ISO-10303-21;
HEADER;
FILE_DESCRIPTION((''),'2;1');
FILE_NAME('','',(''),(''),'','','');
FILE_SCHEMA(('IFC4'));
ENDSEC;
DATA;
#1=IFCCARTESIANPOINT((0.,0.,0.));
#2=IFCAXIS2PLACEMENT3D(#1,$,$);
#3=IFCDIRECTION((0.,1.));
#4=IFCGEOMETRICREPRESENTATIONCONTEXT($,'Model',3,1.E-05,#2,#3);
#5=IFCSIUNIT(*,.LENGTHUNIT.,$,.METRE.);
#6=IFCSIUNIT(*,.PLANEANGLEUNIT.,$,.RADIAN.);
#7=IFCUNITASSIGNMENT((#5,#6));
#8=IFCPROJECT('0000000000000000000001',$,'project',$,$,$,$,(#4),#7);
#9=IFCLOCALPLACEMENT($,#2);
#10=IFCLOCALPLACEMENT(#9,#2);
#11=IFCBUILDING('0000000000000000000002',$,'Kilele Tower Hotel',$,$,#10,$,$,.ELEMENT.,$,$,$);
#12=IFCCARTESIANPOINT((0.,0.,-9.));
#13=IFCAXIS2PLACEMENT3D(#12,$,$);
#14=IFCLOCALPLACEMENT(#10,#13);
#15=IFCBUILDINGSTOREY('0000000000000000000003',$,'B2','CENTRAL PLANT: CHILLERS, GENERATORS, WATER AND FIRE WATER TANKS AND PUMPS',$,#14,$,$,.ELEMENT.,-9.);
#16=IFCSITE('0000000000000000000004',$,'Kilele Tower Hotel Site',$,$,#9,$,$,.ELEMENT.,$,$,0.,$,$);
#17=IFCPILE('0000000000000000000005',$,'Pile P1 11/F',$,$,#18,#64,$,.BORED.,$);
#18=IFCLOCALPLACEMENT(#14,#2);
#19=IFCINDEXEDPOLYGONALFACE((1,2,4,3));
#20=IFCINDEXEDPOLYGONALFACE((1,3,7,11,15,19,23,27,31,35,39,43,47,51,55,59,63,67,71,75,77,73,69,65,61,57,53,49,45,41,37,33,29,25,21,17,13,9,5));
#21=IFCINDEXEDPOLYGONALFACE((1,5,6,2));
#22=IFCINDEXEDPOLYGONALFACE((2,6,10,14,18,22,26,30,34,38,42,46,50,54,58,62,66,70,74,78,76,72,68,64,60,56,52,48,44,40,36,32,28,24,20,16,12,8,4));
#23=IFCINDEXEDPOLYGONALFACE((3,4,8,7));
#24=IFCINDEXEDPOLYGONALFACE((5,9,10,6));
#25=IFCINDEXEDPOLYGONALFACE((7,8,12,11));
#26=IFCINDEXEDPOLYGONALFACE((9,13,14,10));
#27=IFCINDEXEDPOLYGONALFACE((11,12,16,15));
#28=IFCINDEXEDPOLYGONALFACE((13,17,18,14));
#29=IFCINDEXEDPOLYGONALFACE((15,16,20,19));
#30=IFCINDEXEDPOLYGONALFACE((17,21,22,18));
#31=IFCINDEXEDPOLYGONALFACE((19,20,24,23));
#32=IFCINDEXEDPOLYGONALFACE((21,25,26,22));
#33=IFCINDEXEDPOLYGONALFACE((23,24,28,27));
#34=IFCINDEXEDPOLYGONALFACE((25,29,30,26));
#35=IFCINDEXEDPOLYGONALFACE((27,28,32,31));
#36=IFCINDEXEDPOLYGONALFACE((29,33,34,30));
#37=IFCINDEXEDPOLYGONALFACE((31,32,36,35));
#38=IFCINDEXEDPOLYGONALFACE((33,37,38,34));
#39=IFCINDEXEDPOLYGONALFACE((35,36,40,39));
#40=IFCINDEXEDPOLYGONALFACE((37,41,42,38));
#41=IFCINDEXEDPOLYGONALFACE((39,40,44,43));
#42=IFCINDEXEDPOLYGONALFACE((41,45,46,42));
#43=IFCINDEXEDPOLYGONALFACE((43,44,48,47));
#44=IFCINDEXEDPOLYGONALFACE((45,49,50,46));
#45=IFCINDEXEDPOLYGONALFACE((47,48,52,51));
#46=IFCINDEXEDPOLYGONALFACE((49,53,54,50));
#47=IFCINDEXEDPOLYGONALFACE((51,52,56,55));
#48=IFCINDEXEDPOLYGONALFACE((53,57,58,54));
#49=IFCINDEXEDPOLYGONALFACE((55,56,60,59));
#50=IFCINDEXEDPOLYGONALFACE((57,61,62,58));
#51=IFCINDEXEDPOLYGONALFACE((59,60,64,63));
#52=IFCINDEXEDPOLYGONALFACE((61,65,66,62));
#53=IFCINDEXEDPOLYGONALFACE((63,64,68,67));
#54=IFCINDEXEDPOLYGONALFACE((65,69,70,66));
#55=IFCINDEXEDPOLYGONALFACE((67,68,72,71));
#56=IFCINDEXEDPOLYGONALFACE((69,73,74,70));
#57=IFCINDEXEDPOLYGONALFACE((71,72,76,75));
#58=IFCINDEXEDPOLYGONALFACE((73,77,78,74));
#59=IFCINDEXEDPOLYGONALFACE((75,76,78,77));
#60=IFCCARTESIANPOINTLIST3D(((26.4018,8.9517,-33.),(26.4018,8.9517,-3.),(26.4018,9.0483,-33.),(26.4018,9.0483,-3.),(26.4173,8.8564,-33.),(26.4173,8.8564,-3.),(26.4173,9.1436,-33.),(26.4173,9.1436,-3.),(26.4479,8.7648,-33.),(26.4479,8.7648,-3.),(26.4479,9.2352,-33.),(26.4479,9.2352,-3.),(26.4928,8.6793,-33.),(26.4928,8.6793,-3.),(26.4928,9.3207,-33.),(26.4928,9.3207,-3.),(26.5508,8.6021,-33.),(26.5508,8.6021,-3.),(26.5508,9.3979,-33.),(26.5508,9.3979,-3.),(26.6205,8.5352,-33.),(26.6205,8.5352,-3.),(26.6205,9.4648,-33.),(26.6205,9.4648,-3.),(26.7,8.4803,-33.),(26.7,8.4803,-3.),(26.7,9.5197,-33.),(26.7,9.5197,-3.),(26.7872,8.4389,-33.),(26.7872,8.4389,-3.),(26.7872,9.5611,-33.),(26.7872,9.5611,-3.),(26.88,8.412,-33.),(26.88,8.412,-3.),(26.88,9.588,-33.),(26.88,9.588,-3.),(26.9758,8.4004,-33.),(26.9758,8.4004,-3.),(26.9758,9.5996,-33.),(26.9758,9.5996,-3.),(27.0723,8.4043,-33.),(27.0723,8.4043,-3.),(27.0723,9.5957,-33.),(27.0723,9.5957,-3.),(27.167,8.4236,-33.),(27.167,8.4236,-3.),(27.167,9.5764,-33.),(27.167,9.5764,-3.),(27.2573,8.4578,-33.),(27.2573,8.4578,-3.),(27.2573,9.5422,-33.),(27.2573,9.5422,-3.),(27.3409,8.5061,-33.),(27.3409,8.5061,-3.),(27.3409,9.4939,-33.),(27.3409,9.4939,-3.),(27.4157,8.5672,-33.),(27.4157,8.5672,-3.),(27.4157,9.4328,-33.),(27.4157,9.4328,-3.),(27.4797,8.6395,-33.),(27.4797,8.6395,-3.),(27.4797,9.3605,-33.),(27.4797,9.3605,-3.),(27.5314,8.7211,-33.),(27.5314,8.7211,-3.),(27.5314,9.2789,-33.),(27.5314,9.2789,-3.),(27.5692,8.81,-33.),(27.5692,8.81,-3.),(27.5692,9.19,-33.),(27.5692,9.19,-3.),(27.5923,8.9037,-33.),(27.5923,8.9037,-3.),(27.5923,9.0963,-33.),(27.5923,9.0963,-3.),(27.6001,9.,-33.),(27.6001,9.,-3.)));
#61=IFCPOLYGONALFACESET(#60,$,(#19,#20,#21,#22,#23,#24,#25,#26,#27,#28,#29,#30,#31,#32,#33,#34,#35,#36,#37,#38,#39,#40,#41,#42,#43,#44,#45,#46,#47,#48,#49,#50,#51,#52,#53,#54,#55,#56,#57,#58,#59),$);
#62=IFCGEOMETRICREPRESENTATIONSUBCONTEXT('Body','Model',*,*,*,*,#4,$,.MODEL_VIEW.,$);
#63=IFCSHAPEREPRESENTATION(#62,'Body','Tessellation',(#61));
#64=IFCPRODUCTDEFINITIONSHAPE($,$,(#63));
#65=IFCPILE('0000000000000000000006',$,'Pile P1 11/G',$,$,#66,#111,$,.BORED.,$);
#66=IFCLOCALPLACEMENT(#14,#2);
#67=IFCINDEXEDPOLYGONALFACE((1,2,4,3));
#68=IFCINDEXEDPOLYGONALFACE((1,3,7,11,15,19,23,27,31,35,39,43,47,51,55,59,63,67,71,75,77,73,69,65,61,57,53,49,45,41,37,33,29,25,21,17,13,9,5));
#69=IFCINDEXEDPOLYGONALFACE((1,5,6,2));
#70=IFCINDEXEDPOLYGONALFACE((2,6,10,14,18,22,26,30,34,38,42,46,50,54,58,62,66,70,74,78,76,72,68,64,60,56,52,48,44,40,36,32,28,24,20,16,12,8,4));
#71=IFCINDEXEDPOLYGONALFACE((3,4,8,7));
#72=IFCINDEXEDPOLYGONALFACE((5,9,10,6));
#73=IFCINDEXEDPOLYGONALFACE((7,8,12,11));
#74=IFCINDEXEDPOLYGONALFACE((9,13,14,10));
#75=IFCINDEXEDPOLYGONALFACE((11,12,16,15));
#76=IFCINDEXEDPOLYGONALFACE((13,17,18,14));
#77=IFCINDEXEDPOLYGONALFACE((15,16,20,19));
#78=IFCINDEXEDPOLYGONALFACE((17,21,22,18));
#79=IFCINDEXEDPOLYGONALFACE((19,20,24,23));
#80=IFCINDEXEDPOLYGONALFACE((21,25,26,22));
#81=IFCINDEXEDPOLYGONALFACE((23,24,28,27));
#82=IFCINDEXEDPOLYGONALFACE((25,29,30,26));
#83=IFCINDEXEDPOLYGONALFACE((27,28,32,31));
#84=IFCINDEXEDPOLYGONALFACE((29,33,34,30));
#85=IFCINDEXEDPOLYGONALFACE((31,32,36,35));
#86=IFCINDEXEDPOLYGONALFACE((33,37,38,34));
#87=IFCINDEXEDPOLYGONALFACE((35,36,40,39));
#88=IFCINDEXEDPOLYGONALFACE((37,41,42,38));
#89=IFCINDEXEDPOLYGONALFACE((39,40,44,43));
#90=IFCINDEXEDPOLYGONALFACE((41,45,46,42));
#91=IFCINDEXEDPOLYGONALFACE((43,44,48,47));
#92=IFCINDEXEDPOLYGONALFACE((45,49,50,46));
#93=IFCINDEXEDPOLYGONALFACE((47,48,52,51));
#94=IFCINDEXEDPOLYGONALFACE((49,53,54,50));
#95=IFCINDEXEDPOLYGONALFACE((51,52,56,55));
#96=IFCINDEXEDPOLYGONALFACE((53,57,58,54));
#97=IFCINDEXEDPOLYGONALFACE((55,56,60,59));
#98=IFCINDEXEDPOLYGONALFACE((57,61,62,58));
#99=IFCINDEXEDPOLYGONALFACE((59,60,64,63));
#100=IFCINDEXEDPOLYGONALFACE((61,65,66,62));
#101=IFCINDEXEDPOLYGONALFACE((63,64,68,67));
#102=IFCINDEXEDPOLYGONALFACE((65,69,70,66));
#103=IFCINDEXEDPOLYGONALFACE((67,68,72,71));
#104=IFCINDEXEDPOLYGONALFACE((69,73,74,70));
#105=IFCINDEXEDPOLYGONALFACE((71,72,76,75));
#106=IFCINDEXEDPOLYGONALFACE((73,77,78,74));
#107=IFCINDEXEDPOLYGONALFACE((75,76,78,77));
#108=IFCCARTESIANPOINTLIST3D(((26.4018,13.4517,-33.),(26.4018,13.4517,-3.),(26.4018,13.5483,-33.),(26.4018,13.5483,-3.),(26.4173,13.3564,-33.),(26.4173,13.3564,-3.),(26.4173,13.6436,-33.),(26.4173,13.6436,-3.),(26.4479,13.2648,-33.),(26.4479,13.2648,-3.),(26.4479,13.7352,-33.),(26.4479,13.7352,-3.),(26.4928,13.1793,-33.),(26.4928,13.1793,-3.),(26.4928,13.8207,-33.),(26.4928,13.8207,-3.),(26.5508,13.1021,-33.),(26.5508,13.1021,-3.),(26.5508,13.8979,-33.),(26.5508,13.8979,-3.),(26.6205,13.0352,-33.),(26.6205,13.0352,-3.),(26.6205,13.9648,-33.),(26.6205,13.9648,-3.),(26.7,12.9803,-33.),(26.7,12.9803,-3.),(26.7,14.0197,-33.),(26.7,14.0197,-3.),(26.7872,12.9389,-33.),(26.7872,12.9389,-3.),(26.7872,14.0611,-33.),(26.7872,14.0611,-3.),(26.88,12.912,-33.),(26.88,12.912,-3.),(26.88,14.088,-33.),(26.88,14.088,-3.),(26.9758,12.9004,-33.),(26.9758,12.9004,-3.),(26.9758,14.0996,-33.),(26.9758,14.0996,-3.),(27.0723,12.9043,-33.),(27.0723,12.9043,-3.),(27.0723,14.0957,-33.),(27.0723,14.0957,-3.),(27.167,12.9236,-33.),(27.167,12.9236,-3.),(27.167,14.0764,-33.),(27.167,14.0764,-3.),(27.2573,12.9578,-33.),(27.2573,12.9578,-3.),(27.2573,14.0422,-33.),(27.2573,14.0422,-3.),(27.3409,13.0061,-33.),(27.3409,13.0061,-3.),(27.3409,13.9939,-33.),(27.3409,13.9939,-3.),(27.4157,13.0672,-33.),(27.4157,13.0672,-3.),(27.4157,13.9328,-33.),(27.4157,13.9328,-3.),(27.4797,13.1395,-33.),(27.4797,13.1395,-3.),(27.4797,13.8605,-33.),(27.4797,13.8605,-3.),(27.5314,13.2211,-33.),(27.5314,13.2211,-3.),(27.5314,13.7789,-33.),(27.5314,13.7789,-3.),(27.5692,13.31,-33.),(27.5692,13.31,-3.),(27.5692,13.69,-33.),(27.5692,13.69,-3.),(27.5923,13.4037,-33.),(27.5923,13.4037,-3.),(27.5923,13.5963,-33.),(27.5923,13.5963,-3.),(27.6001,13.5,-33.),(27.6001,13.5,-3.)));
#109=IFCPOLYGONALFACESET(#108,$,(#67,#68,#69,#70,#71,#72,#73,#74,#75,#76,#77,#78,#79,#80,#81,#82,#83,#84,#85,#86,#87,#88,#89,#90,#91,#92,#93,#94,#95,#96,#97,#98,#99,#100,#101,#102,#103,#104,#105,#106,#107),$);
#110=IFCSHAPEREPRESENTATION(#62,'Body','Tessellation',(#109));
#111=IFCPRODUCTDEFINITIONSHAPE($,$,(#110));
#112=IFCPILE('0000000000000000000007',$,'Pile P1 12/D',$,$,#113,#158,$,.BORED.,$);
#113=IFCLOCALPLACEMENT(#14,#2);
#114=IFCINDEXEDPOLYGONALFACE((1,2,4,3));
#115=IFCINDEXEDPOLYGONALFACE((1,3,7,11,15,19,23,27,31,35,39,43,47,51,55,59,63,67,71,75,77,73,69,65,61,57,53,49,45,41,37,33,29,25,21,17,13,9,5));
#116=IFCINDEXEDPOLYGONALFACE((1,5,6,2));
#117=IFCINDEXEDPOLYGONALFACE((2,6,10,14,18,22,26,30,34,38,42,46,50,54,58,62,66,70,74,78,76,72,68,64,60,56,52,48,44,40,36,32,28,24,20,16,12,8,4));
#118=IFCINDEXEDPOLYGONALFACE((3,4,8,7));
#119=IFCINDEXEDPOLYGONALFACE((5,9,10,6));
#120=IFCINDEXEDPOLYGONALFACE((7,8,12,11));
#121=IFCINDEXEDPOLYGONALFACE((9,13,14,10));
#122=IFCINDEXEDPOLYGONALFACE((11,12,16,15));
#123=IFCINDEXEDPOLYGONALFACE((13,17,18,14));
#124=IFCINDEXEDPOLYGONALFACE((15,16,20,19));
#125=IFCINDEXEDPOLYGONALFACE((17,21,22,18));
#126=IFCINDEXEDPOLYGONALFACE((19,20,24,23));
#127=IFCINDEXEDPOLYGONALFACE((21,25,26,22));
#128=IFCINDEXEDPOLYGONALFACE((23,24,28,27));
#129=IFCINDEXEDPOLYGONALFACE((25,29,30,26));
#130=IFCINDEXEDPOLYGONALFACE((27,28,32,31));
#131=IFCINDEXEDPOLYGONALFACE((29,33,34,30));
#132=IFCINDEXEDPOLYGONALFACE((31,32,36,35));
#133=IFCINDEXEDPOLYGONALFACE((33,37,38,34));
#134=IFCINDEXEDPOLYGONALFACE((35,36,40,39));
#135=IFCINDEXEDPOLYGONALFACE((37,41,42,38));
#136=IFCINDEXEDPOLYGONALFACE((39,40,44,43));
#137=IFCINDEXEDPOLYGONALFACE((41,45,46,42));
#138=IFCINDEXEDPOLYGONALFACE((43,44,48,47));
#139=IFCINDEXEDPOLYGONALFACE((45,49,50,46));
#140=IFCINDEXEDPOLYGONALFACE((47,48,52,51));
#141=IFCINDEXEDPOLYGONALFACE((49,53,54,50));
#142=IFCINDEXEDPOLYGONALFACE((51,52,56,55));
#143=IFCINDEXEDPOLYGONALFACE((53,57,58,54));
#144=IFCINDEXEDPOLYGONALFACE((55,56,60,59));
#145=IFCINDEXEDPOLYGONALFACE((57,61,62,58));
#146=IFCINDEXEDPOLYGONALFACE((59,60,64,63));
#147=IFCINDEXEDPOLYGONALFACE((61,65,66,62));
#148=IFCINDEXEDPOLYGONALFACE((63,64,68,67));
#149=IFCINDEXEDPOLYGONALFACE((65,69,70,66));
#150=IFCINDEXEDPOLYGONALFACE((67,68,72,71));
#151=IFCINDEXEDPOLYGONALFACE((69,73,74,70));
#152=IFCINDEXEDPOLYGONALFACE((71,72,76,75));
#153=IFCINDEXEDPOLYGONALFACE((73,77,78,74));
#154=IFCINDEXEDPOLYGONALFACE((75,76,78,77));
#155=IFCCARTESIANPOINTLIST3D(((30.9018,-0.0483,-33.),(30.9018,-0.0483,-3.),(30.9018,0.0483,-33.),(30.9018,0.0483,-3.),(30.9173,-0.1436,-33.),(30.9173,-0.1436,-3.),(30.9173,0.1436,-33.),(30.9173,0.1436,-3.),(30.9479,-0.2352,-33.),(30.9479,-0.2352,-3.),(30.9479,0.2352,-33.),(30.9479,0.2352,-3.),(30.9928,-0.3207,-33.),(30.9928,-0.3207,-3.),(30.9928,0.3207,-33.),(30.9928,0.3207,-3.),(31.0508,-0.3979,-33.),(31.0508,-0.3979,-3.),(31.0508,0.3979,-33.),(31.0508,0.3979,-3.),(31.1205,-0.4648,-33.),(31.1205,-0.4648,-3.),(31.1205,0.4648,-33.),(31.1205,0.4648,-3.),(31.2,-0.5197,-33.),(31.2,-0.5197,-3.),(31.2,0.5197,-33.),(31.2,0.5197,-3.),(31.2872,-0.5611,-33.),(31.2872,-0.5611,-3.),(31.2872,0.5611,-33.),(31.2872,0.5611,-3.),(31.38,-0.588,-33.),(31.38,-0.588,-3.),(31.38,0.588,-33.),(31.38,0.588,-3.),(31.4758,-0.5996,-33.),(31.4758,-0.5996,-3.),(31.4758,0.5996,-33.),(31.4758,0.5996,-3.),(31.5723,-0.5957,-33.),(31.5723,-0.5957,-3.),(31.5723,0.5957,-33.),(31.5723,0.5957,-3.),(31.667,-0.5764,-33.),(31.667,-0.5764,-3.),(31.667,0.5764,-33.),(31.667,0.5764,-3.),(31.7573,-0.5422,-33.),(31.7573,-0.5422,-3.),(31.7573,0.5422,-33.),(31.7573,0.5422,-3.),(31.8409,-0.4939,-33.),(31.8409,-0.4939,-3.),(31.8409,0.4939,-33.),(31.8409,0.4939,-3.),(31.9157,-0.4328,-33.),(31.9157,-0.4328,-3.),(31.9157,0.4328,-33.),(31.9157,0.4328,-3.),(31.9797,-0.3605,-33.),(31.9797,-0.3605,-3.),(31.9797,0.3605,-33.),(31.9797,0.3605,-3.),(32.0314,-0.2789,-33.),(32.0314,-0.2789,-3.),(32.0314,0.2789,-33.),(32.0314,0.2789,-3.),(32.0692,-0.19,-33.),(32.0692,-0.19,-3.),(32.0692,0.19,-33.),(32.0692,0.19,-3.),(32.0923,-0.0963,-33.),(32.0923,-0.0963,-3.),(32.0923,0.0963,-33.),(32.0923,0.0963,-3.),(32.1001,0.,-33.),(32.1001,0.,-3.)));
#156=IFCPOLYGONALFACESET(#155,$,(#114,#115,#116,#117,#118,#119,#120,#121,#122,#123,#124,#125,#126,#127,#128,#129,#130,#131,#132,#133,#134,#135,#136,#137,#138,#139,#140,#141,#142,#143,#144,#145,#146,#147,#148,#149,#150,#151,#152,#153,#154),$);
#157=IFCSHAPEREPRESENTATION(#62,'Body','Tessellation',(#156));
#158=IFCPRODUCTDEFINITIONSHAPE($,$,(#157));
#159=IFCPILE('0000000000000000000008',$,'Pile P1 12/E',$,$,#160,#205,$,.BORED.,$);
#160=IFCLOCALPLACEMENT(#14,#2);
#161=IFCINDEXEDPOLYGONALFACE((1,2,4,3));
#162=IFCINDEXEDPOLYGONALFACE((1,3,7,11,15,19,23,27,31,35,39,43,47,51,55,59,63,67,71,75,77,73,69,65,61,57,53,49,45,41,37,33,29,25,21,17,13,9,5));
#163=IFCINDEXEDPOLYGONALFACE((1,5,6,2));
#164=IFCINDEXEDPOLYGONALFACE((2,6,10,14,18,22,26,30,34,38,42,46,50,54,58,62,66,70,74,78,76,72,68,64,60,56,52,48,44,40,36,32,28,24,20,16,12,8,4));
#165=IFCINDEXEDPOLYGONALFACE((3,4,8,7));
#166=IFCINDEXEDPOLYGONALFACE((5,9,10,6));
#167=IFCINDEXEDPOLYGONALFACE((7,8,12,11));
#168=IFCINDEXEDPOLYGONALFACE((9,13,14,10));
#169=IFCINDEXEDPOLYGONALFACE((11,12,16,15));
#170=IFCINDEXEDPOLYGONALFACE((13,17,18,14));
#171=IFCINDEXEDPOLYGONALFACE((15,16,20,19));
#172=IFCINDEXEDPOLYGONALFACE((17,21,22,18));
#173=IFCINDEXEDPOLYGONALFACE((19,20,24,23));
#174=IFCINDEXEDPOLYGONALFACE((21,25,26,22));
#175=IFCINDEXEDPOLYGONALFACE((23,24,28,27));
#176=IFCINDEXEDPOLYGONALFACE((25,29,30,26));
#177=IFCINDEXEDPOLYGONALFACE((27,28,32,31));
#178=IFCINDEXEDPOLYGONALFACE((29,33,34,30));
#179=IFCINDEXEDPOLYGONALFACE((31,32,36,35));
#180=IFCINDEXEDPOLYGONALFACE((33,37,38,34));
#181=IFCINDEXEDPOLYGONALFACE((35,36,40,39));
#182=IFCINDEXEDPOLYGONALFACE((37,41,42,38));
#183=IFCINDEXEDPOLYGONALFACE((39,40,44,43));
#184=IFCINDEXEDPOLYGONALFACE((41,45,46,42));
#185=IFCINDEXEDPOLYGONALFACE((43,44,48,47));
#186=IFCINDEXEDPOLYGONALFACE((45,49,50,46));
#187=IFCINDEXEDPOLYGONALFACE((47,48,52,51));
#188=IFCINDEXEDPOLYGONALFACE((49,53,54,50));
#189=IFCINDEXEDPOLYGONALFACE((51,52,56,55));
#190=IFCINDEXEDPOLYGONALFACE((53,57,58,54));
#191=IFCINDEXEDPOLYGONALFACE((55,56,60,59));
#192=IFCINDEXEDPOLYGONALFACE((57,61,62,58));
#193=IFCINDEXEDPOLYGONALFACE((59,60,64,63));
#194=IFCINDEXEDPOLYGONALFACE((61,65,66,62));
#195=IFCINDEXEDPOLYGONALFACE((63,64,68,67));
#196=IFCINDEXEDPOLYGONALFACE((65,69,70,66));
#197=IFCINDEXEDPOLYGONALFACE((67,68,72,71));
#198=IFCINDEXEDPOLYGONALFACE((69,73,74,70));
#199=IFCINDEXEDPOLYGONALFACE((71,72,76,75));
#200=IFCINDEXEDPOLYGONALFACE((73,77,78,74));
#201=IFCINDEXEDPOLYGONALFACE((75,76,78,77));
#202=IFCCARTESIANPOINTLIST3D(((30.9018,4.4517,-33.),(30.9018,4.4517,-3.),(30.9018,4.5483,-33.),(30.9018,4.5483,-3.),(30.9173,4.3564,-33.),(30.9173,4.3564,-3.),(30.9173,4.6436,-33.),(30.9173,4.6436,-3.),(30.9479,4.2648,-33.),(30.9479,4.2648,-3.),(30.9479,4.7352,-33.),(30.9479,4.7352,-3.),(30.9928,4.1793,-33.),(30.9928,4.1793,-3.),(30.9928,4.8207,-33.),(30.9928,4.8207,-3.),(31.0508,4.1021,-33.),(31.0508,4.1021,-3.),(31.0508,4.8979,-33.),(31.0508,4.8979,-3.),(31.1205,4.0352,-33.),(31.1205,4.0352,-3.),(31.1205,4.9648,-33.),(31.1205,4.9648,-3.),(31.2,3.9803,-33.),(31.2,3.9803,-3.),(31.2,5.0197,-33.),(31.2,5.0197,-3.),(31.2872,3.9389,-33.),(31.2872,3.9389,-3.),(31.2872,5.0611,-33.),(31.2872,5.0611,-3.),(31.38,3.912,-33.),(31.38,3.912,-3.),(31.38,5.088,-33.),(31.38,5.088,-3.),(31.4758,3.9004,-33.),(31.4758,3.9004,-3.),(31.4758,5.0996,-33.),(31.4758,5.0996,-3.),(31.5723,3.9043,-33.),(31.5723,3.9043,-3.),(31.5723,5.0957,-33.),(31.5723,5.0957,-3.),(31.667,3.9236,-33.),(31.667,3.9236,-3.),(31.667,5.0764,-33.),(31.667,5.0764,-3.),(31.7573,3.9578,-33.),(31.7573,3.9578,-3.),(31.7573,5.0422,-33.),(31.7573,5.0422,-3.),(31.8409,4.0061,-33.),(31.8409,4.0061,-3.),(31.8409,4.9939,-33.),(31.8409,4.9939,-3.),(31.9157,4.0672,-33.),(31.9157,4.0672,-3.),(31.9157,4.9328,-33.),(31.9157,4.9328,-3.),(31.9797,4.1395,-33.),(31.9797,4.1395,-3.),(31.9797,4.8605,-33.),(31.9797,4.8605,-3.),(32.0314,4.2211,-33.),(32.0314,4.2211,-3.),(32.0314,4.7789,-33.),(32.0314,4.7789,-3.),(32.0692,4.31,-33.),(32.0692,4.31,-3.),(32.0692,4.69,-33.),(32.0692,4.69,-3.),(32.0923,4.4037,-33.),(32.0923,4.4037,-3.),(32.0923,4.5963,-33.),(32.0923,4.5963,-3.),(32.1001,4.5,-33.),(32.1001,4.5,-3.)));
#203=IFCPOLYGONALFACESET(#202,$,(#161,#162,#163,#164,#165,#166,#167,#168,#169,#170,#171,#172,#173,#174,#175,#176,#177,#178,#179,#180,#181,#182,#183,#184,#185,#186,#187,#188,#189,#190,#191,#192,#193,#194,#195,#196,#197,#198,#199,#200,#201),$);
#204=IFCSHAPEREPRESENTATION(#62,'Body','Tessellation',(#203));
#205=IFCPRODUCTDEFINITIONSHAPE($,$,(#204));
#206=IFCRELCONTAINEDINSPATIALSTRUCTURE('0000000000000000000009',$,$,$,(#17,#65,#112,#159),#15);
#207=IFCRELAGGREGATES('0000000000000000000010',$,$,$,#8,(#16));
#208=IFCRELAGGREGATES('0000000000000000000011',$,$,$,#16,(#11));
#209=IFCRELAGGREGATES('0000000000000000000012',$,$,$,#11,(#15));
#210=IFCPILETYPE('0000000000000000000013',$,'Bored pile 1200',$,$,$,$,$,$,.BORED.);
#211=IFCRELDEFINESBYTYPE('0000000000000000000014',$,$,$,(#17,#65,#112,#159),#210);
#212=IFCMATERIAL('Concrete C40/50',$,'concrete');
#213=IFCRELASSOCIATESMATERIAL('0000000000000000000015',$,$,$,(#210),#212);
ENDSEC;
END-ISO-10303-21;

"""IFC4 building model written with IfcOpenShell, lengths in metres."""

from ifc_helpers import new_model, si_unit, direction, frame, origin, origin_2d, place, context, subcontext, project, spatial, circle, extrude, material, material_profile, profile_set, type_object, element, save


model = new_model("IFC4")

# Units and contexts
model_context = context("Model", 3, precision=1e-05, world=origin(), true_north=direction((0.0, 1.0)))
body_context = subcontext(model_context, "Body", "Model", "MODEL_VIEW")
ifc_project = project(units=[si_unit("LENGTHUNIT", "METRE"), si_unit("PLANEANGLEUNIT", "RADIAN")], contexts=[model_context])

# Site, building, storey
site_placement = place(None, origin())
site = spatial("IfcSite", under=ifc_project, at=site_placement, Name="Kilele Tower Hotel Site", CompositionType="ELEMENT", RefElevation=0.0)
building_placement = place(site_placement, origin())
building = spatial("IfcBuilding", under=site, at=building_placement, Name="Kilele Tower Hotel", CompositionType="ELEMENT")
storey_placement = place(building_placement, frame((0.0, 0.0, -9.0)))
storey = spatial("IfcBuildingStorey", under=building, at=storey_placement, Name="B2", Description="CENTRAL PLANT: CHILLERS, GENERATORS, WATER AND FIRE WATER TANKS AND PUMPS", CompositionType="ELEMENT", Elevation=-9.0)

# Piles
ifc_material_1 = material(Name="Concrete C40/50", Category="concrete")
ifc_material_profile_1 = material_profile(ifc_material_1, circle(Radius=0.6001, at=origin_2d()))
ifc_profile_set_1 = profile_set([ifc_material_profile_1], Name="Concrete C40/50")
pile_type = type_object("IfcPileType", Name="Bored pile 1200", PredefinedType="BORED", material=ifc_profile_set_1)
for number, where, z_axis, x_axis, name in (
    (1, (27.0, 9.0, -3.0), (0.0, 0.0, -1.0), (1.0, 0.0, 0.0), "Pile P1 11/F"),
    (2, (27.0, 13.5, -3.0), (0.0, 0.0, -1.0), (1.0, 0.0, 0.0), "Pile P1 11/G"),
    (3, (31.5, 0.0, -3.0), (0.0, 0.0, -1.0), (1.0, 0.0, 0.0), "Pile P1 12/D"),
    (4, (31.5, 4.5, -3.0), (0.0, 0.0, -1.0), (1.0, 0.0, 0.0), "Pile P1 12/E"),
):
    element("IfcPile", number, at=place(storey_placement, frame(where, z_axis=z_axis, x_axis=x_axis)), inside=storey, type_object=pile_type, Name=name, PredefinedType="BORED", context=body_context, shape_type="SweptSolid", body=[
        extrude(circle(Radius=0.6001, at=origin_2d()), origin(), (0.0, 0.0, 1.0), 30.0),
    ])

save(model, "model.ifc")
